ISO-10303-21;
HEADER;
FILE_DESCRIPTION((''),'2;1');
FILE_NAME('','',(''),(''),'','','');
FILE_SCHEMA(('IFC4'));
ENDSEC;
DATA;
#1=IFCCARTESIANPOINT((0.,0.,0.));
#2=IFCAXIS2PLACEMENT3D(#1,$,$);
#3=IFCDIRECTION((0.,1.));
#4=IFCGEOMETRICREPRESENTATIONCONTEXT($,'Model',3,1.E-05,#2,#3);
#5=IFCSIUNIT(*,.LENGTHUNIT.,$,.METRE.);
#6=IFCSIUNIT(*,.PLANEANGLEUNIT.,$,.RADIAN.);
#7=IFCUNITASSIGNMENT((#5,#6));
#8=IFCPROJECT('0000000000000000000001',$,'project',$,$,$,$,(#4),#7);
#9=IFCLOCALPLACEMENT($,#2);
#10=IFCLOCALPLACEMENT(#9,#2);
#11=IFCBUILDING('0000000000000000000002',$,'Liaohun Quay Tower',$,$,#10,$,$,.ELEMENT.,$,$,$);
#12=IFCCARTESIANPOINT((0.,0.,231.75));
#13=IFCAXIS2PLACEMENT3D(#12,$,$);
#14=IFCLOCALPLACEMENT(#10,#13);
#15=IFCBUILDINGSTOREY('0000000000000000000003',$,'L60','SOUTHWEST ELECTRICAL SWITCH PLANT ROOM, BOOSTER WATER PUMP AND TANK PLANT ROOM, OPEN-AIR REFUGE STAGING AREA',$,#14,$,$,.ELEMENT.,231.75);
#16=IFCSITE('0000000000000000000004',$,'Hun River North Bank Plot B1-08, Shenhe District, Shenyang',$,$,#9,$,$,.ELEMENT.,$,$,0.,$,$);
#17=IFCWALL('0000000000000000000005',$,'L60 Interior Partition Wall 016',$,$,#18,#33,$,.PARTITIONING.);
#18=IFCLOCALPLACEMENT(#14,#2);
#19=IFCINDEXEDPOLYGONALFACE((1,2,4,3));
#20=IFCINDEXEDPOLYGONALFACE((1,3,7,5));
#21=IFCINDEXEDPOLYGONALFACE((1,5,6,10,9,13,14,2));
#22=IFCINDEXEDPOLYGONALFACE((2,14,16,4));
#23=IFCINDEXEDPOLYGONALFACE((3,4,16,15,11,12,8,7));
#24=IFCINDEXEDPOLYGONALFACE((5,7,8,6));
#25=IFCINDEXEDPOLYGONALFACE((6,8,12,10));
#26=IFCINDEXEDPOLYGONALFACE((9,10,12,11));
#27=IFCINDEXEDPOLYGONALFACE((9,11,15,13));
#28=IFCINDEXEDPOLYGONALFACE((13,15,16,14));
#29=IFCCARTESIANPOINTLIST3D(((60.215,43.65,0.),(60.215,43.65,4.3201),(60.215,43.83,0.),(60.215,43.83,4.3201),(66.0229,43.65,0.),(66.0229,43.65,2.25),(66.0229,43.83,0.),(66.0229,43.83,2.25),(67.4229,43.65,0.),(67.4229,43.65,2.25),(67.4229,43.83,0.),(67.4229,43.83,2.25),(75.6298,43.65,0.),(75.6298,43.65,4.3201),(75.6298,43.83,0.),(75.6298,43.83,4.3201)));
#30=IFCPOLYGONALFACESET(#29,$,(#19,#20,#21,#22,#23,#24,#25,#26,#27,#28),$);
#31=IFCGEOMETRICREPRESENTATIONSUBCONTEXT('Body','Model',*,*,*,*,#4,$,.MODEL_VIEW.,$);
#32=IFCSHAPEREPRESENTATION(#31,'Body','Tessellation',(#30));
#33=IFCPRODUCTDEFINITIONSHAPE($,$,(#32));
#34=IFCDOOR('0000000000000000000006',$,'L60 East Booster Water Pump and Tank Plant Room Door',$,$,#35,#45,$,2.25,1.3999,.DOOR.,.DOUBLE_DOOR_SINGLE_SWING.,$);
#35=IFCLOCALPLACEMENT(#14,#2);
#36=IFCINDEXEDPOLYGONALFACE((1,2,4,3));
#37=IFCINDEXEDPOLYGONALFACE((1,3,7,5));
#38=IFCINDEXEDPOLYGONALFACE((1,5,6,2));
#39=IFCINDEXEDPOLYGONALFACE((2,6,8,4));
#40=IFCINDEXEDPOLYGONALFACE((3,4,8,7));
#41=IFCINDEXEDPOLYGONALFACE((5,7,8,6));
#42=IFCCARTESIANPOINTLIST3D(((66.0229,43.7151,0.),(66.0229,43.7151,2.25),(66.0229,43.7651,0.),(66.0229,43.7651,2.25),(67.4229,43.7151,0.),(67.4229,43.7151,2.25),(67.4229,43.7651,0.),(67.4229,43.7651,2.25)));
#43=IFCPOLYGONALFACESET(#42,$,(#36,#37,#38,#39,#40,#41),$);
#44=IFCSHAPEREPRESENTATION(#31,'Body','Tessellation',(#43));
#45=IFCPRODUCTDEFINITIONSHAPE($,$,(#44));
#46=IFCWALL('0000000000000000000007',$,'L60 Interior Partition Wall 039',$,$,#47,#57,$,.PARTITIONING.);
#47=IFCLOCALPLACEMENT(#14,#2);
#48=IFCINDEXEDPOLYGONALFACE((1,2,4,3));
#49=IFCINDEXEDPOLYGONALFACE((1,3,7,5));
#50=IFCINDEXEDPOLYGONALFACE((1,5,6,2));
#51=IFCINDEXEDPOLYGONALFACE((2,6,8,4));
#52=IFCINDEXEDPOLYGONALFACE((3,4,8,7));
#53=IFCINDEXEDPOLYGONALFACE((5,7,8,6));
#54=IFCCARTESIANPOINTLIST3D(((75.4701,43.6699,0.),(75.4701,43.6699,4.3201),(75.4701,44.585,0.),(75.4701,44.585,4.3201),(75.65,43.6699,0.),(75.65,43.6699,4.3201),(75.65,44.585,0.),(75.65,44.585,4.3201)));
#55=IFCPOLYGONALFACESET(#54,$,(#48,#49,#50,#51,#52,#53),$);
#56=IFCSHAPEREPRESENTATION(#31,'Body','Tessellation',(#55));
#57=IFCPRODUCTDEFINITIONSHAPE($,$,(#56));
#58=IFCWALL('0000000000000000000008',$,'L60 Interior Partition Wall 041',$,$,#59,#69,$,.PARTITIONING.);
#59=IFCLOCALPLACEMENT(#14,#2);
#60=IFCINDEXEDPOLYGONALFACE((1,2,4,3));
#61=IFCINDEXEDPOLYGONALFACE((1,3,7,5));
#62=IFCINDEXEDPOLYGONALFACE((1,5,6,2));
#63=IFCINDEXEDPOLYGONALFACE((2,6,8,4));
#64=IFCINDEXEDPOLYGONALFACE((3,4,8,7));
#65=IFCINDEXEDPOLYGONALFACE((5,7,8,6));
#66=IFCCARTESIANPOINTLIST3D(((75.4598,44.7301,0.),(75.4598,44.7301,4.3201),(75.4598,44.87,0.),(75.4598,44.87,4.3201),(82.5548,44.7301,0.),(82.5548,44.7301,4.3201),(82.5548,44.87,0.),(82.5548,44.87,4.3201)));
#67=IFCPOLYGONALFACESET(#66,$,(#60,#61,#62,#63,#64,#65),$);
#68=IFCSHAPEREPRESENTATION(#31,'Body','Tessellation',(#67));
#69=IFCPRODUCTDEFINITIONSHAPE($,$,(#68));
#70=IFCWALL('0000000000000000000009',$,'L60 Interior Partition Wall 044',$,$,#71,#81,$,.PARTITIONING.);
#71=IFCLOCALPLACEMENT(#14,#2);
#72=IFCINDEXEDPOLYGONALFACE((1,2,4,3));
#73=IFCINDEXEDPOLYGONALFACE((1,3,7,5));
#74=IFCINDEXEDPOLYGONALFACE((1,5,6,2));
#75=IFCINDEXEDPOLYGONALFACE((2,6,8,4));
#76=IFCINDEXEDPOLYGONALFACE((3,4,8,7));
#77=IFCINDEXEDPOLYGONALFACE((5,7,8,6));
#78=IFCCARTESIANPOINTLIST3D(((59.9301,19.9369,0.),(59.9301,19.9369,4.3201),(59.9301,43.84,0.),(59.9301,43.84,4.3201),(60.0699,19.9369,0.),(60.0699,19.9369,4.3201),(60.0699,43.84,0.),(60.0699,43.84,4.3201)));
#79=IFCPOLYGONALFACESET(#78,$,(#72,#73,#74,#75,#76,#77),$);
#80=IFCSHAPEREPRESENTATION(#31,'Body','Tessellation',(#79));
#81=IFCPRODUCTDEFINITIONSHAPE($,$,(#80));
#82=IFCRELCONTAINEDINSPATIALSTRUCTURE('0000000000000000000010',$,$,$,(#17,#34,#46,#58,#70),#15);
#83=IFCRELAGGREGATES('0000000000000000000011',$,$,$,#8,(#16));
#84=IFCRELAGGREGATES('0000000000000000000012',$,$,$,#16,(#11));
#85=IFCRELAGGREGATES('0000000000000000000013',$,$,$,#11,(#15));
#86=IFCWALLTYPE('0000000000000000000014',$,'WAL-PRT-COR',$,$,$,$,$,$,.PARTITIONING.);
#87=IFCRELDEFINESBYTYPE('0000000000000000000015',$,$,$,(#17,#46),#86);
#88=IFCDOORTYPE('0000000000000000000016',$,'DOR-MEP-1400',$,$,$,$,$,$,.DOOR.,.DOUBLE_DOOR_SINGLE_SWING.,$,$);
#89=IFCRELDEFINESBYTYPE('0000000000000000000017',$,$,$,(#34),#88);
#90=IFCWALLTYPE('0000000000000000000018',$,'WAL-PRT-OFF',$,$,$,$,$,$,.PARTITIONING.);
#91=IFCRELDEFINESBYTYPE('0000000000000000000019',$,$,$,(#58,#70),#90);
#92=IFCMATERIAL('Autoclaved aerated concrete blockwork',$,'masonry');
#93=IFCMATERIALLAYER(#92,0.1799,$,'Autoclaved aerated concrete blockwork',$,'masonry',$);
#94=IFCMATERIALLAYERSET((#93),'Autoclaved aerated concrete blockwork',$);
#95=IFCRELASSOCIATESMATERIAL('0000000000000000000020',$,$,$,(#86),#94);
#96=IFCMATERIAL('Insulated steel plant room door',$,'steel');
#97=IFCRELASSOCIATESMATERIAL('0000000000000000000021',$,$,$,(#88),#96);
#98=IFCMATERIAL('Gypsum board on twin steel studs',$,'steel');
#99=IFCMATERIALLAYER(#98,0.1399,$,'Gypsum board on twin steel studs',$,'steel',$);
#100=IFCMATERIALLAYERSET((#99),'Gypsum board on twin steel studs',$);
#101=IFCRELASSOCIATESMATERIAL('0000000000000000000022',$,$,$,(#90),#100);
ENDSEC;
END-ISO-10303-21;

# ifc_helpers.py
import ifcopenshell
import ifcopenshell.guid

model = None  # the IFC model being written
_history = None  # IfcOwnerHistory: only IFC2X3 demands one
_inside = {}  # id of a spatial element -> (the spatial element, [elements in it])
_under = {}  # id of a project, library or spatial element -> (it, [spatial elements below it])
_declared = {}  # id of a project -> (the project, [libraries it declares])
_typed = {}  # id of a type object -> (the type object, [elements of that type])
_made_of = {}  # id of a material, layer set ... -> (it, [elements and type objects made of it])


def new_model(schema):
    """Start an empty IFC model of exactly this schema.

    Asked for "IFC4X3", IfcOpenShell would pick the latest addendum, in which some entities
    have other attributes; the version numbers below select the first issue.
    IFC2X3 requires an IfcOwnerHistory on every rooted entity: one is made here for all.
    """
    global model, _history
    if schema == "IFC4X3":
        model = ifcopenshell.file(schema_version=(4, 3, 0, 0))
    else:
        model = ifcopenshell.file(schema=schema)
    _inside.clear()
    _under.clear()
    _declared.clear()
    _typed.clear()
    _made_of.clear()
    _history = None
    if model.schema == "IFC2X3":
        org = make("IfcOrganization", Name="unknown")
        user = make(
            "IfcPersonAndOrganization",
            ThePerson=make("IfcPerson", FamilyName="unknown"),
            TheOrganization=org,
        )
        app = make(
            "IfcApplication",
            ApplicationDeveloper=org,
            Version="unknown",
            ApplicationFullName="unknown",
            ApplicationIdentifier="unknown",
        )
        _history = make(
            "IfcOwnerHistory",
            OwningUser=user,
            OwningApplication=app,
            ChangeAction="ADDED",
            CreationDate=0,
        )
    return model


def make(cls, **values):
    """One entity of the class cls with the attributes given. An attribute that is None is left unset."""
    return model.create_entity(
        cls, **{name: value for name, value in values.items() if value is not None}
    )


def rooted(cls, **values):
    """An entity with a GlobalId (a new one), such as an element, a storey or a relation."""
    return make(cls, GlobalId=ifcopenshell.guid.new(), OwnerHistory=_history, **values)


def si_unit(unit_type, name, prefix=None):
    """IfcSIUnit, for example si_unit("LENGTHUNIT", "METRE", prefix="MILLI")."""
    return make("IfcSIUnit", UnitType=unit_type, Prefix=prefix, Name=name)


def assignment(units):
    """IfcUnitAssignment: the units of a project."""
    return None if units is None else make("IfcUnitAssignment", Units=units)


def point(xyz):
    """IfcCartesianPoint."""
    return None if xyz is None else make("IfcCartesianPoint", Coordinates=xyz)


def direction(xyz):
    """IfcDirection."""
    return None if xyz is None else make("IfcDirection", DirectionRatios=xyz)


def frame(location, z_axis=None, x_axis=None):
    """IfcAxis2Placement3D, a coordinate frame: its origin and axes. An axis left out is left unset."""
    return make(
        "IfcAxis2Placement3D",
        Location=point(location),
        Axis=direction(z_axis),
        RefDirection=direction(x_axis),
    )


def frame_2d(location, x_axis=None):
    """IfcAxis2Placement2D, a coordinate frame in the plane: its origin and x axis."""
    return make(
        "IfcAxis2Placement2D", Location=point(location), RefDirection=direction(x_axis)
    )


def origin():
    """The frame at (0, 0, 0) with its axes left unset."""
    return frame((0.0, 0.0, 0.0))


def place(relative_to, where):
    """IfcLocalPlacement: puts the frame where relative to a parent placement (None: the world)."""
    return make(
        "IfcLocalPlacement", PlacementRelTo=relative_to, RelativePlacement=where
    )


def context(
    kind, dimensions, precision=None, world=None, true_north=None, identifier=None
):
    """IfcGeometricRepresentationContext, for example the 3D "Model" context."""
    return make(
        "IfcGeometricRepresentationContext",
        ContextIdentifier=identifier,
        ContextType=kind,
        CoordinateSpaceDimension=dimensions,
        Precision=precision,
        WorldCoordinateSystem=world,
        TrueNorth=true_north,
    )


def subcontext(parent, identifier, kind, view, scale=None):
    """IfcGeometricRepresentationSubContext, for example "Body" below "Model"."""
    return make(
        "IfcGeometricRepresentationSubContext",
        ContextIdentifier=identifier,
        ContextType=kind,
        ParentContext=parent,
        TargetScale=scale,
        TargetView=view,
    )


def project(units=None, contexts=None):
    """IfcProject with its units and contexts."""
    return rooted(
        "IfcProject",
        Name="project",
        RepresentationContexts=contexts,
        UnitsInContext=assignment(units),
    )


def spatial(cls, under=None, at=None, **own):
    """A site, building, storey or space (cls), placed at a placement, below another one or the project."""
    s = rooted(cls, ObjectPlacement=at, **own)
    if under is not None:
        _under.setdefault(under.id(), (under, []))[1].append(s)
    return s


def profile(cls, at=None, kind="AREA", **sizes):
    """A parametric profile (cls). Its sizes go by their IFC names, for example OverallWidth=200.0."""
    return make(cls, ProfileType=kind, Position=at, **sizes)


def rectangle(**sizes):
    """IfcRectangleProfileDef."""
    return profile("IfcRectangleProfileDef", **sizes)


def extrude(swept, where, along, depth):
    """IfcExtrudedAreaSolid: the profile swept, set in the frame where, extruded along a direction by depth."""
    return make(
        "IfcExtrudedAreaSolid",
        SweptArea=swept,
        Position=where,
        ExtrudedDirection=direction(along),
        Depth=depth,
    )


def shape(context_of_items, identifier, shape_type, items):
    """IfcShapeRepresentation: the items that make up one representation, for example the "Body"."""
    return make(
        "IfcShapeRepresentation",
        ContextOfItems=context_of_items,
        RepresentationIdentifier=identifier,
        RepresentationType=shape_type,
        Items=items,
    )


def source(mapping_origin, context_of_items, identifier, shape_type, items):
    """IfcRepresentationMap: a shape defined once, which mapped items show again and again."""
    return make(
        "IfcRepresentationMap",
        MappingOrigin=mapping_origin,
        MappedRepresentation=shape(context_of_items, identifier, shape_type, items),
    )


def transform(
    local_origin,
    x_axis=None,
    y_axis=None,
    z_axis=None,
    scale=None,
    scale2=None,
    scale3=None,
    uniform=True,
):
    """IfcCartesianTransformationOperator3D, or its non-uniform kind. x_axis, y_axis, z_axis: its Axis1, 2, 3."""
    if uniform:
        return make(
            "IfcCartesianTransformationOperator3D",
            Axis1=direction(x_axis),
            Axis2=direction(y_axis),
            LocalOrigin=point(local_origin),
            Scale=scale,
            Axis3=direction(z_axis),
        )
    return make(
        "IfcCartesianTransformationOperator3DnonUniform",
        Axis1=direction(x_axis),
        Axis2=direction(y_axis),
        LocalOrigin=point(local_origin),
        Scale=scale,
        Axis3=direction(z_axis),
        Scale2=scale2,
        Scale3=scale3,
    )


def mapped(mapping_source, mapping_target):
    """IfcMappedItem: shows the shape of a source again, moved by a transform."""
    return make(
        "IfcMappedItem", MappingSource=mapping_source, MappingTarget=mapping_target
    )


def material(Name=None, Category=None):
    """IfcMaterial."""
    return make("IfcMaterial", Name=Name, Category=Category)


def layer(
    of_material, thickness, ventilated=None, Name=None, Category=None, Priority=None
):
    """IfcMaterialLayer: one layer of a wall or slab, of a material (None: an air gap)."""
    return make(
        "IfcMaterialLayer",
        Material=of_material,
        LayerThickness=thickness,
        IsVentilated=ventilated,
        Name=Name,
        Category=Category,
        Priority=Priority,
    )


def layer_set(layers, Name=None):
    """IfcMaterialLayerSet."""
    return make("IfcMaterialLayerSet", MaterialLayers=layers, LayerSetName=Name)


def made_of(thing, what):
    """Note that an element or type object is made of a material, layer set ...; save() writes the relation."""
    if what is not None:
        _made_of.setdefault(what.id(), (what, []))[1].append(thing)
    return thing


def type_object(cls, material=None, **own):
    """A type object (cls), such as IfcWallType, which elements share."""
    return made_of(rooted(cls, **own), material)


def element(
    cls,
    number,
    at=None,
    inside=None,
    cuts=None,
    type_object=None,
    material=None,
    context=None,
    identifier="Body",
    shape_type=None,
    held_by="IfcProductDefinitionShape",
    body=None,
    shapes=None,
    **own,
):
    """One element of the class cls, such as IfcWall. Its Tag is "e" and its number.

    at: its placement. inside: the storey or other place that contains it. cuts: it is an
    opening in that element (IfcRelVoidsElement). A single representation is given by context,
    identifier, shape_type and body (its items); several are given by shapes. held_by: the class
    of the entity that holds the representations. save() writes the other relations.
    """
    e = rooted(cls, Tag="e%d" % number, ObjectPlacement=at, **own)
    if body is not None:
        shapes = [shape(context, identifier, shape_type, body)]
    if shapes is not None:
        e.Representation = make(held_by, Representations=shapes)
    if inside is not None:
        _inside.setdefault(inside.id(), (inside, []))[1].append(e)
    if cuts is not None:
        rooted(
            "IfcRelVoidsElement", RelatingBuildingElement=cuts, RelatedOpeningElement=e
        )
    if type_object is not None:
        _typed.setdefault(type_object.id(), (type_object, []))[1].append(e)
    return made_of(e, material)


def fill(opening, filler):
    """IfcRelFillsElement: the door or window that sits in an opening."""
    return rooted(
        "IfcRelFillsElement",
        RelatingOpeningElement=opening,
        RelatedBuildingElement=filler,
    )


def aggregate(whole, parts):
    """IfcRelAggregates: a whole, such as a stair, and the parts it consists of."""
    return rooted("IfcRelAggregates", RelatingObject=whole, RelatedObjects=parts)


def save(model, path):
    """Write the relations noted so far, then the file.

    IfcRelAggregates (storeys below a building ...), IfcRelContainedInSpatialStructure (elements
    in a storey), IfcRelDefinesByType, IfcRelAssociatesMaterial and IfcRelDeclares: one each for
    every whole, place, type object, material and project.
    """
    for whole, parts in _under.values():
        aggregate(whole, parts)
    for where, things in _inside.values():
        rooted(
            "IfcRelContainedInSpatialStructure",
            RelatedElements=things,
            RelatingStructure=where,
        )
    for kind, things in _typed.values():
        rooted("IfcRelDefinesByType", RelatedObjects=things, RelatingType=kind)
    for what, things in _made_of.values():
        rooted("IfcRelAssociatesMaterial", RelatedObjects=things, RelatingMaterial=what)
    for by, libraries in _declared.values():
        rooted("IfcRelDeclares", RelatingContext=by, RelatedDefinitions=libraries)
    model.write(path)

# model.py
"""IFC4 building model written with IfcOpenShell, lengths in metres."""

from ifc_helpers import new_model, si_unit, direction, frame, frame_2d, origin, place, context, subcontext, project, spatial, rectangle, extrude, source, transform, mapped, material, layer, layer_set, type_object, element, fill, save


model = new_model("IFC4")

# Units and contexts
model_context = context("Model", 3, precision=1e-05, world=origin(), true_north=direction((0.0, 1.0)))
body_context = subcontext(model_context, "Body", "Model", "MODEL_VIEW")
ifc_project = project(units=[si_unit("LENGTHUNIT", "METRE"), si_unit("PLANEANGLEUNIT", "RADIAN")], contexts=[model_context])

# Site, building, storey
site_placement = place(None, origin())
site = spatial("IfcSite", under=ifc_project, at=site_placement, Name="Hun River North Bank Plot B1-08, Shenhe District, Shenyang", CompositionType="ELEMENT", RefElevation=0.0)
building_placement = place(site_placement, origin())
building = spatial("IfcBuilding", under=site, at=building_placement, Name="Liaohun Quay Tower", CompositionType="ELEMENT")
storey_placement = place(building_placement, frame((0.0, 0.0, 231.75)))
storey = spatial("IfcBuildingStorey", under=building, at=storey_placement, Name="L60", Description="SOUTHWEST ELECTRICAL SWITCH PLANT ROOM, BOOSTER WATER PUMP AND TANK PLANT ROOM, OPEN-AIR REFUGE STAGING AREA", CompositionType="ELEMENT", Elevation=231.75)

# Wall, opening, door
ifc_material_1 = material(Name="Autoclaved aerated concrete blockwork", Category="masonry")
ifc_layer_1 = layer(ifc_material_1, 0.1799, Name="Autoclaved aerated concrete blockwork", Category="masonry")
ifc_layer_set_1 = layer_set([ifc_layer_1], Name="Autoclaved aerated concrete blockwork")
wall_type_1 = type_object("IfcWallType", Name="WAL-PRT-COR", PredefinedType="PARTITIONING", material=ifc_layer_set_1)
wall_1_placement = place(storey_placement, frame((75.6299, 43.74, 0.0), z_axis=(0.0, 0.0, 1.0), x_axis=(-1.0, 0.0, 0.0)))
wall_1 = element("IfcWall", 1, at=wall_1_placement, inside=storey, type_object=wall_type_1, Name="L60 Interior Partition Wall 016", PredefinedType="PARTITIONING", context=body_context, shape_type="SweptSolid", body=[
    extrude(rectangle(XDim=15.4148, YDim=0.1799, at=frame_2d((7.7075, 0.0))), origin(), (0.0, 0.0, 1.0), 4.3201),
])
shared_shape_1 = source(origin(), body_context, "Body", "SweptSolid", [
    extrude(rectangle(XDim=1.3999, YDim=2.25, at=frame_2d((0.7, 1.125))), frame((0.0, 0.0999, 0.0), z_axis=(0.0, -1.0, 0.0), x_axis=(1.0, 0.0, 0.0)), (0.0, 0.0, 1.0), 0.2),
])
opening_1_placement = place(wall_1_placement, frame((8.207, 0.0, 0.0)))
opening_1 = element("IfcOpeningElement", 2, at=opening_1_placement, cuts=wall_1, PredefinedType="OPENING", context=body_context, shape_type="MappedRepresentation", body=[
    mapped(shared_shape_1, transform((0.0, 0.0, 0.0), x_axis=(1.0, 0.0, 0.0), y_axis=(0.0, 1.0, 0.0), z_axis=(0.0, 0.0, 1.0), scale=1.0)),
])
ifc_material_2 = material(Name="Insulated steel plant room door", Category="steel")
door_type_1 = type_object("IfcDoorType", Name="DOR-MEP-1400", OperationType="DOUBLE_DOOR_SINGLE_SWING", PredefinedType="DOOR", material=ifc_material_2)
shared_shape_2 = source(origin(), body_context, "Body", "SweptSolid", [
    extrude(rectangle(XDim=1.3999, YDim=2.25, at=frame_2d((0.7, 1.125))), frame((0.0, 0.0249, 0.0), z_axis=(0.0, -1.0, 0.0), x_axis=(1.0, 0.0, 0.0)), (0.0, 0.0, 1.0), 0.05),
])
door_1_placement = place(opening_1_placement, origin())
door_1 = element("IfcDoor", 3, at=door_1_placement, inside=storey, type_object=door_type_1, Name="L60 East Booster Water Pump and Tank Plant Room Door", OperationType="DOUBLE_DOOR_SINGLE_SWING", OverallHeight=2.25, OverallWidth=1.3999, PredefinedType="DOOR", context=body_context, shape_type="MappedRepresentation", body=[
    mapped(shared_shape_2, transform((0.0, 0.0, 0.0), x_axis=(1.0, 0.0, 0.0), y_axis=(0.0, 1.0, 0.0), z_axis=(0.0, 0.0, 1.0), scale=1.0)),
])
fill(opening_1, door_1)

# Walls
wall_2_placement = place(storey_placement, frame((75.5601, 44.585, 0.0), z_axis=(0.0, 0.0, 1.0), x_axis=(0.0, -1.0, 0.0)))
element("IfcWall", 4, at=wall_2_placement, inside=storey, type_object=wall_type_1, Name="L60 Interior Partition Wall 039", PredefinedType="PARTITIONING", context=body_context, shape_type="SweptSolid", body=[
    extrude(rectangle(XDim=0.915, YDim=0.1799, at=frame_2d((0.4575, 0.0))), origin(), (0.0, 0.0, 1.0), 4.3201),
])
ifc_material_3 = material(Name="Gypsum board on twin steel studs", Category="steel")
ifc_layer_2 = layer(ifc_material_3, 0.1399, Name="Gypsum board on twin steel studs", Category="steel")
ifc_layer_set_2 = layer_set([ifc_layer_2], Name="Gypsum board on twin steel studs")
wall_type_2 = type_object("IfcWallType", Name="WAL-PRT-OFF", PredefinedType="PARTITIONING", material=ifc_layer_set_2)
wall_3_placement = place(storey_placement, frame((75.46, 44.8, 0.0), z_axis=(0.0, 0.0, 1.0), x_axis=(1.0, 0.0, 0.0)))
element("IfcWall", 5, at=wall_3_placement, inside=storey, type_object=wall_type_2, Name="L60 Interior Partition Wall 041", PredefinedType="PARTITIONING", context=body_context, shape_type="SweptSolid", body=[
    extrude(rectangle(XDim=7.095, YDim=0.1399, at=frame_2d((3.5474, 0.0))), origin(), (0.0, 0.0, 1.0), 4.3201),
])
wall_4_placement = place(storey_placement, frame((60.0, 43.8401, 0.0), z_axis=(0.0, 0.0, 1.0), x_axis=(0.0, -1.0, 0.0)))
element("IfcWall", 6, at=wall_4_placement, inside=storey, type_object=wall_type_2, Name="L60 Interior Partition Wall 044", PredefinedType="PARTITIONING", context=body_context, shape_type="SweptSolid", body=[
    extrude(rectangle(XDim=23.9031, YDim=0.1399, at=frame_2d((11.9517, 0.0))), origin(), (0.0, 0.0, 1.0), 4.3201),
])

save(model, "model.ifc")
